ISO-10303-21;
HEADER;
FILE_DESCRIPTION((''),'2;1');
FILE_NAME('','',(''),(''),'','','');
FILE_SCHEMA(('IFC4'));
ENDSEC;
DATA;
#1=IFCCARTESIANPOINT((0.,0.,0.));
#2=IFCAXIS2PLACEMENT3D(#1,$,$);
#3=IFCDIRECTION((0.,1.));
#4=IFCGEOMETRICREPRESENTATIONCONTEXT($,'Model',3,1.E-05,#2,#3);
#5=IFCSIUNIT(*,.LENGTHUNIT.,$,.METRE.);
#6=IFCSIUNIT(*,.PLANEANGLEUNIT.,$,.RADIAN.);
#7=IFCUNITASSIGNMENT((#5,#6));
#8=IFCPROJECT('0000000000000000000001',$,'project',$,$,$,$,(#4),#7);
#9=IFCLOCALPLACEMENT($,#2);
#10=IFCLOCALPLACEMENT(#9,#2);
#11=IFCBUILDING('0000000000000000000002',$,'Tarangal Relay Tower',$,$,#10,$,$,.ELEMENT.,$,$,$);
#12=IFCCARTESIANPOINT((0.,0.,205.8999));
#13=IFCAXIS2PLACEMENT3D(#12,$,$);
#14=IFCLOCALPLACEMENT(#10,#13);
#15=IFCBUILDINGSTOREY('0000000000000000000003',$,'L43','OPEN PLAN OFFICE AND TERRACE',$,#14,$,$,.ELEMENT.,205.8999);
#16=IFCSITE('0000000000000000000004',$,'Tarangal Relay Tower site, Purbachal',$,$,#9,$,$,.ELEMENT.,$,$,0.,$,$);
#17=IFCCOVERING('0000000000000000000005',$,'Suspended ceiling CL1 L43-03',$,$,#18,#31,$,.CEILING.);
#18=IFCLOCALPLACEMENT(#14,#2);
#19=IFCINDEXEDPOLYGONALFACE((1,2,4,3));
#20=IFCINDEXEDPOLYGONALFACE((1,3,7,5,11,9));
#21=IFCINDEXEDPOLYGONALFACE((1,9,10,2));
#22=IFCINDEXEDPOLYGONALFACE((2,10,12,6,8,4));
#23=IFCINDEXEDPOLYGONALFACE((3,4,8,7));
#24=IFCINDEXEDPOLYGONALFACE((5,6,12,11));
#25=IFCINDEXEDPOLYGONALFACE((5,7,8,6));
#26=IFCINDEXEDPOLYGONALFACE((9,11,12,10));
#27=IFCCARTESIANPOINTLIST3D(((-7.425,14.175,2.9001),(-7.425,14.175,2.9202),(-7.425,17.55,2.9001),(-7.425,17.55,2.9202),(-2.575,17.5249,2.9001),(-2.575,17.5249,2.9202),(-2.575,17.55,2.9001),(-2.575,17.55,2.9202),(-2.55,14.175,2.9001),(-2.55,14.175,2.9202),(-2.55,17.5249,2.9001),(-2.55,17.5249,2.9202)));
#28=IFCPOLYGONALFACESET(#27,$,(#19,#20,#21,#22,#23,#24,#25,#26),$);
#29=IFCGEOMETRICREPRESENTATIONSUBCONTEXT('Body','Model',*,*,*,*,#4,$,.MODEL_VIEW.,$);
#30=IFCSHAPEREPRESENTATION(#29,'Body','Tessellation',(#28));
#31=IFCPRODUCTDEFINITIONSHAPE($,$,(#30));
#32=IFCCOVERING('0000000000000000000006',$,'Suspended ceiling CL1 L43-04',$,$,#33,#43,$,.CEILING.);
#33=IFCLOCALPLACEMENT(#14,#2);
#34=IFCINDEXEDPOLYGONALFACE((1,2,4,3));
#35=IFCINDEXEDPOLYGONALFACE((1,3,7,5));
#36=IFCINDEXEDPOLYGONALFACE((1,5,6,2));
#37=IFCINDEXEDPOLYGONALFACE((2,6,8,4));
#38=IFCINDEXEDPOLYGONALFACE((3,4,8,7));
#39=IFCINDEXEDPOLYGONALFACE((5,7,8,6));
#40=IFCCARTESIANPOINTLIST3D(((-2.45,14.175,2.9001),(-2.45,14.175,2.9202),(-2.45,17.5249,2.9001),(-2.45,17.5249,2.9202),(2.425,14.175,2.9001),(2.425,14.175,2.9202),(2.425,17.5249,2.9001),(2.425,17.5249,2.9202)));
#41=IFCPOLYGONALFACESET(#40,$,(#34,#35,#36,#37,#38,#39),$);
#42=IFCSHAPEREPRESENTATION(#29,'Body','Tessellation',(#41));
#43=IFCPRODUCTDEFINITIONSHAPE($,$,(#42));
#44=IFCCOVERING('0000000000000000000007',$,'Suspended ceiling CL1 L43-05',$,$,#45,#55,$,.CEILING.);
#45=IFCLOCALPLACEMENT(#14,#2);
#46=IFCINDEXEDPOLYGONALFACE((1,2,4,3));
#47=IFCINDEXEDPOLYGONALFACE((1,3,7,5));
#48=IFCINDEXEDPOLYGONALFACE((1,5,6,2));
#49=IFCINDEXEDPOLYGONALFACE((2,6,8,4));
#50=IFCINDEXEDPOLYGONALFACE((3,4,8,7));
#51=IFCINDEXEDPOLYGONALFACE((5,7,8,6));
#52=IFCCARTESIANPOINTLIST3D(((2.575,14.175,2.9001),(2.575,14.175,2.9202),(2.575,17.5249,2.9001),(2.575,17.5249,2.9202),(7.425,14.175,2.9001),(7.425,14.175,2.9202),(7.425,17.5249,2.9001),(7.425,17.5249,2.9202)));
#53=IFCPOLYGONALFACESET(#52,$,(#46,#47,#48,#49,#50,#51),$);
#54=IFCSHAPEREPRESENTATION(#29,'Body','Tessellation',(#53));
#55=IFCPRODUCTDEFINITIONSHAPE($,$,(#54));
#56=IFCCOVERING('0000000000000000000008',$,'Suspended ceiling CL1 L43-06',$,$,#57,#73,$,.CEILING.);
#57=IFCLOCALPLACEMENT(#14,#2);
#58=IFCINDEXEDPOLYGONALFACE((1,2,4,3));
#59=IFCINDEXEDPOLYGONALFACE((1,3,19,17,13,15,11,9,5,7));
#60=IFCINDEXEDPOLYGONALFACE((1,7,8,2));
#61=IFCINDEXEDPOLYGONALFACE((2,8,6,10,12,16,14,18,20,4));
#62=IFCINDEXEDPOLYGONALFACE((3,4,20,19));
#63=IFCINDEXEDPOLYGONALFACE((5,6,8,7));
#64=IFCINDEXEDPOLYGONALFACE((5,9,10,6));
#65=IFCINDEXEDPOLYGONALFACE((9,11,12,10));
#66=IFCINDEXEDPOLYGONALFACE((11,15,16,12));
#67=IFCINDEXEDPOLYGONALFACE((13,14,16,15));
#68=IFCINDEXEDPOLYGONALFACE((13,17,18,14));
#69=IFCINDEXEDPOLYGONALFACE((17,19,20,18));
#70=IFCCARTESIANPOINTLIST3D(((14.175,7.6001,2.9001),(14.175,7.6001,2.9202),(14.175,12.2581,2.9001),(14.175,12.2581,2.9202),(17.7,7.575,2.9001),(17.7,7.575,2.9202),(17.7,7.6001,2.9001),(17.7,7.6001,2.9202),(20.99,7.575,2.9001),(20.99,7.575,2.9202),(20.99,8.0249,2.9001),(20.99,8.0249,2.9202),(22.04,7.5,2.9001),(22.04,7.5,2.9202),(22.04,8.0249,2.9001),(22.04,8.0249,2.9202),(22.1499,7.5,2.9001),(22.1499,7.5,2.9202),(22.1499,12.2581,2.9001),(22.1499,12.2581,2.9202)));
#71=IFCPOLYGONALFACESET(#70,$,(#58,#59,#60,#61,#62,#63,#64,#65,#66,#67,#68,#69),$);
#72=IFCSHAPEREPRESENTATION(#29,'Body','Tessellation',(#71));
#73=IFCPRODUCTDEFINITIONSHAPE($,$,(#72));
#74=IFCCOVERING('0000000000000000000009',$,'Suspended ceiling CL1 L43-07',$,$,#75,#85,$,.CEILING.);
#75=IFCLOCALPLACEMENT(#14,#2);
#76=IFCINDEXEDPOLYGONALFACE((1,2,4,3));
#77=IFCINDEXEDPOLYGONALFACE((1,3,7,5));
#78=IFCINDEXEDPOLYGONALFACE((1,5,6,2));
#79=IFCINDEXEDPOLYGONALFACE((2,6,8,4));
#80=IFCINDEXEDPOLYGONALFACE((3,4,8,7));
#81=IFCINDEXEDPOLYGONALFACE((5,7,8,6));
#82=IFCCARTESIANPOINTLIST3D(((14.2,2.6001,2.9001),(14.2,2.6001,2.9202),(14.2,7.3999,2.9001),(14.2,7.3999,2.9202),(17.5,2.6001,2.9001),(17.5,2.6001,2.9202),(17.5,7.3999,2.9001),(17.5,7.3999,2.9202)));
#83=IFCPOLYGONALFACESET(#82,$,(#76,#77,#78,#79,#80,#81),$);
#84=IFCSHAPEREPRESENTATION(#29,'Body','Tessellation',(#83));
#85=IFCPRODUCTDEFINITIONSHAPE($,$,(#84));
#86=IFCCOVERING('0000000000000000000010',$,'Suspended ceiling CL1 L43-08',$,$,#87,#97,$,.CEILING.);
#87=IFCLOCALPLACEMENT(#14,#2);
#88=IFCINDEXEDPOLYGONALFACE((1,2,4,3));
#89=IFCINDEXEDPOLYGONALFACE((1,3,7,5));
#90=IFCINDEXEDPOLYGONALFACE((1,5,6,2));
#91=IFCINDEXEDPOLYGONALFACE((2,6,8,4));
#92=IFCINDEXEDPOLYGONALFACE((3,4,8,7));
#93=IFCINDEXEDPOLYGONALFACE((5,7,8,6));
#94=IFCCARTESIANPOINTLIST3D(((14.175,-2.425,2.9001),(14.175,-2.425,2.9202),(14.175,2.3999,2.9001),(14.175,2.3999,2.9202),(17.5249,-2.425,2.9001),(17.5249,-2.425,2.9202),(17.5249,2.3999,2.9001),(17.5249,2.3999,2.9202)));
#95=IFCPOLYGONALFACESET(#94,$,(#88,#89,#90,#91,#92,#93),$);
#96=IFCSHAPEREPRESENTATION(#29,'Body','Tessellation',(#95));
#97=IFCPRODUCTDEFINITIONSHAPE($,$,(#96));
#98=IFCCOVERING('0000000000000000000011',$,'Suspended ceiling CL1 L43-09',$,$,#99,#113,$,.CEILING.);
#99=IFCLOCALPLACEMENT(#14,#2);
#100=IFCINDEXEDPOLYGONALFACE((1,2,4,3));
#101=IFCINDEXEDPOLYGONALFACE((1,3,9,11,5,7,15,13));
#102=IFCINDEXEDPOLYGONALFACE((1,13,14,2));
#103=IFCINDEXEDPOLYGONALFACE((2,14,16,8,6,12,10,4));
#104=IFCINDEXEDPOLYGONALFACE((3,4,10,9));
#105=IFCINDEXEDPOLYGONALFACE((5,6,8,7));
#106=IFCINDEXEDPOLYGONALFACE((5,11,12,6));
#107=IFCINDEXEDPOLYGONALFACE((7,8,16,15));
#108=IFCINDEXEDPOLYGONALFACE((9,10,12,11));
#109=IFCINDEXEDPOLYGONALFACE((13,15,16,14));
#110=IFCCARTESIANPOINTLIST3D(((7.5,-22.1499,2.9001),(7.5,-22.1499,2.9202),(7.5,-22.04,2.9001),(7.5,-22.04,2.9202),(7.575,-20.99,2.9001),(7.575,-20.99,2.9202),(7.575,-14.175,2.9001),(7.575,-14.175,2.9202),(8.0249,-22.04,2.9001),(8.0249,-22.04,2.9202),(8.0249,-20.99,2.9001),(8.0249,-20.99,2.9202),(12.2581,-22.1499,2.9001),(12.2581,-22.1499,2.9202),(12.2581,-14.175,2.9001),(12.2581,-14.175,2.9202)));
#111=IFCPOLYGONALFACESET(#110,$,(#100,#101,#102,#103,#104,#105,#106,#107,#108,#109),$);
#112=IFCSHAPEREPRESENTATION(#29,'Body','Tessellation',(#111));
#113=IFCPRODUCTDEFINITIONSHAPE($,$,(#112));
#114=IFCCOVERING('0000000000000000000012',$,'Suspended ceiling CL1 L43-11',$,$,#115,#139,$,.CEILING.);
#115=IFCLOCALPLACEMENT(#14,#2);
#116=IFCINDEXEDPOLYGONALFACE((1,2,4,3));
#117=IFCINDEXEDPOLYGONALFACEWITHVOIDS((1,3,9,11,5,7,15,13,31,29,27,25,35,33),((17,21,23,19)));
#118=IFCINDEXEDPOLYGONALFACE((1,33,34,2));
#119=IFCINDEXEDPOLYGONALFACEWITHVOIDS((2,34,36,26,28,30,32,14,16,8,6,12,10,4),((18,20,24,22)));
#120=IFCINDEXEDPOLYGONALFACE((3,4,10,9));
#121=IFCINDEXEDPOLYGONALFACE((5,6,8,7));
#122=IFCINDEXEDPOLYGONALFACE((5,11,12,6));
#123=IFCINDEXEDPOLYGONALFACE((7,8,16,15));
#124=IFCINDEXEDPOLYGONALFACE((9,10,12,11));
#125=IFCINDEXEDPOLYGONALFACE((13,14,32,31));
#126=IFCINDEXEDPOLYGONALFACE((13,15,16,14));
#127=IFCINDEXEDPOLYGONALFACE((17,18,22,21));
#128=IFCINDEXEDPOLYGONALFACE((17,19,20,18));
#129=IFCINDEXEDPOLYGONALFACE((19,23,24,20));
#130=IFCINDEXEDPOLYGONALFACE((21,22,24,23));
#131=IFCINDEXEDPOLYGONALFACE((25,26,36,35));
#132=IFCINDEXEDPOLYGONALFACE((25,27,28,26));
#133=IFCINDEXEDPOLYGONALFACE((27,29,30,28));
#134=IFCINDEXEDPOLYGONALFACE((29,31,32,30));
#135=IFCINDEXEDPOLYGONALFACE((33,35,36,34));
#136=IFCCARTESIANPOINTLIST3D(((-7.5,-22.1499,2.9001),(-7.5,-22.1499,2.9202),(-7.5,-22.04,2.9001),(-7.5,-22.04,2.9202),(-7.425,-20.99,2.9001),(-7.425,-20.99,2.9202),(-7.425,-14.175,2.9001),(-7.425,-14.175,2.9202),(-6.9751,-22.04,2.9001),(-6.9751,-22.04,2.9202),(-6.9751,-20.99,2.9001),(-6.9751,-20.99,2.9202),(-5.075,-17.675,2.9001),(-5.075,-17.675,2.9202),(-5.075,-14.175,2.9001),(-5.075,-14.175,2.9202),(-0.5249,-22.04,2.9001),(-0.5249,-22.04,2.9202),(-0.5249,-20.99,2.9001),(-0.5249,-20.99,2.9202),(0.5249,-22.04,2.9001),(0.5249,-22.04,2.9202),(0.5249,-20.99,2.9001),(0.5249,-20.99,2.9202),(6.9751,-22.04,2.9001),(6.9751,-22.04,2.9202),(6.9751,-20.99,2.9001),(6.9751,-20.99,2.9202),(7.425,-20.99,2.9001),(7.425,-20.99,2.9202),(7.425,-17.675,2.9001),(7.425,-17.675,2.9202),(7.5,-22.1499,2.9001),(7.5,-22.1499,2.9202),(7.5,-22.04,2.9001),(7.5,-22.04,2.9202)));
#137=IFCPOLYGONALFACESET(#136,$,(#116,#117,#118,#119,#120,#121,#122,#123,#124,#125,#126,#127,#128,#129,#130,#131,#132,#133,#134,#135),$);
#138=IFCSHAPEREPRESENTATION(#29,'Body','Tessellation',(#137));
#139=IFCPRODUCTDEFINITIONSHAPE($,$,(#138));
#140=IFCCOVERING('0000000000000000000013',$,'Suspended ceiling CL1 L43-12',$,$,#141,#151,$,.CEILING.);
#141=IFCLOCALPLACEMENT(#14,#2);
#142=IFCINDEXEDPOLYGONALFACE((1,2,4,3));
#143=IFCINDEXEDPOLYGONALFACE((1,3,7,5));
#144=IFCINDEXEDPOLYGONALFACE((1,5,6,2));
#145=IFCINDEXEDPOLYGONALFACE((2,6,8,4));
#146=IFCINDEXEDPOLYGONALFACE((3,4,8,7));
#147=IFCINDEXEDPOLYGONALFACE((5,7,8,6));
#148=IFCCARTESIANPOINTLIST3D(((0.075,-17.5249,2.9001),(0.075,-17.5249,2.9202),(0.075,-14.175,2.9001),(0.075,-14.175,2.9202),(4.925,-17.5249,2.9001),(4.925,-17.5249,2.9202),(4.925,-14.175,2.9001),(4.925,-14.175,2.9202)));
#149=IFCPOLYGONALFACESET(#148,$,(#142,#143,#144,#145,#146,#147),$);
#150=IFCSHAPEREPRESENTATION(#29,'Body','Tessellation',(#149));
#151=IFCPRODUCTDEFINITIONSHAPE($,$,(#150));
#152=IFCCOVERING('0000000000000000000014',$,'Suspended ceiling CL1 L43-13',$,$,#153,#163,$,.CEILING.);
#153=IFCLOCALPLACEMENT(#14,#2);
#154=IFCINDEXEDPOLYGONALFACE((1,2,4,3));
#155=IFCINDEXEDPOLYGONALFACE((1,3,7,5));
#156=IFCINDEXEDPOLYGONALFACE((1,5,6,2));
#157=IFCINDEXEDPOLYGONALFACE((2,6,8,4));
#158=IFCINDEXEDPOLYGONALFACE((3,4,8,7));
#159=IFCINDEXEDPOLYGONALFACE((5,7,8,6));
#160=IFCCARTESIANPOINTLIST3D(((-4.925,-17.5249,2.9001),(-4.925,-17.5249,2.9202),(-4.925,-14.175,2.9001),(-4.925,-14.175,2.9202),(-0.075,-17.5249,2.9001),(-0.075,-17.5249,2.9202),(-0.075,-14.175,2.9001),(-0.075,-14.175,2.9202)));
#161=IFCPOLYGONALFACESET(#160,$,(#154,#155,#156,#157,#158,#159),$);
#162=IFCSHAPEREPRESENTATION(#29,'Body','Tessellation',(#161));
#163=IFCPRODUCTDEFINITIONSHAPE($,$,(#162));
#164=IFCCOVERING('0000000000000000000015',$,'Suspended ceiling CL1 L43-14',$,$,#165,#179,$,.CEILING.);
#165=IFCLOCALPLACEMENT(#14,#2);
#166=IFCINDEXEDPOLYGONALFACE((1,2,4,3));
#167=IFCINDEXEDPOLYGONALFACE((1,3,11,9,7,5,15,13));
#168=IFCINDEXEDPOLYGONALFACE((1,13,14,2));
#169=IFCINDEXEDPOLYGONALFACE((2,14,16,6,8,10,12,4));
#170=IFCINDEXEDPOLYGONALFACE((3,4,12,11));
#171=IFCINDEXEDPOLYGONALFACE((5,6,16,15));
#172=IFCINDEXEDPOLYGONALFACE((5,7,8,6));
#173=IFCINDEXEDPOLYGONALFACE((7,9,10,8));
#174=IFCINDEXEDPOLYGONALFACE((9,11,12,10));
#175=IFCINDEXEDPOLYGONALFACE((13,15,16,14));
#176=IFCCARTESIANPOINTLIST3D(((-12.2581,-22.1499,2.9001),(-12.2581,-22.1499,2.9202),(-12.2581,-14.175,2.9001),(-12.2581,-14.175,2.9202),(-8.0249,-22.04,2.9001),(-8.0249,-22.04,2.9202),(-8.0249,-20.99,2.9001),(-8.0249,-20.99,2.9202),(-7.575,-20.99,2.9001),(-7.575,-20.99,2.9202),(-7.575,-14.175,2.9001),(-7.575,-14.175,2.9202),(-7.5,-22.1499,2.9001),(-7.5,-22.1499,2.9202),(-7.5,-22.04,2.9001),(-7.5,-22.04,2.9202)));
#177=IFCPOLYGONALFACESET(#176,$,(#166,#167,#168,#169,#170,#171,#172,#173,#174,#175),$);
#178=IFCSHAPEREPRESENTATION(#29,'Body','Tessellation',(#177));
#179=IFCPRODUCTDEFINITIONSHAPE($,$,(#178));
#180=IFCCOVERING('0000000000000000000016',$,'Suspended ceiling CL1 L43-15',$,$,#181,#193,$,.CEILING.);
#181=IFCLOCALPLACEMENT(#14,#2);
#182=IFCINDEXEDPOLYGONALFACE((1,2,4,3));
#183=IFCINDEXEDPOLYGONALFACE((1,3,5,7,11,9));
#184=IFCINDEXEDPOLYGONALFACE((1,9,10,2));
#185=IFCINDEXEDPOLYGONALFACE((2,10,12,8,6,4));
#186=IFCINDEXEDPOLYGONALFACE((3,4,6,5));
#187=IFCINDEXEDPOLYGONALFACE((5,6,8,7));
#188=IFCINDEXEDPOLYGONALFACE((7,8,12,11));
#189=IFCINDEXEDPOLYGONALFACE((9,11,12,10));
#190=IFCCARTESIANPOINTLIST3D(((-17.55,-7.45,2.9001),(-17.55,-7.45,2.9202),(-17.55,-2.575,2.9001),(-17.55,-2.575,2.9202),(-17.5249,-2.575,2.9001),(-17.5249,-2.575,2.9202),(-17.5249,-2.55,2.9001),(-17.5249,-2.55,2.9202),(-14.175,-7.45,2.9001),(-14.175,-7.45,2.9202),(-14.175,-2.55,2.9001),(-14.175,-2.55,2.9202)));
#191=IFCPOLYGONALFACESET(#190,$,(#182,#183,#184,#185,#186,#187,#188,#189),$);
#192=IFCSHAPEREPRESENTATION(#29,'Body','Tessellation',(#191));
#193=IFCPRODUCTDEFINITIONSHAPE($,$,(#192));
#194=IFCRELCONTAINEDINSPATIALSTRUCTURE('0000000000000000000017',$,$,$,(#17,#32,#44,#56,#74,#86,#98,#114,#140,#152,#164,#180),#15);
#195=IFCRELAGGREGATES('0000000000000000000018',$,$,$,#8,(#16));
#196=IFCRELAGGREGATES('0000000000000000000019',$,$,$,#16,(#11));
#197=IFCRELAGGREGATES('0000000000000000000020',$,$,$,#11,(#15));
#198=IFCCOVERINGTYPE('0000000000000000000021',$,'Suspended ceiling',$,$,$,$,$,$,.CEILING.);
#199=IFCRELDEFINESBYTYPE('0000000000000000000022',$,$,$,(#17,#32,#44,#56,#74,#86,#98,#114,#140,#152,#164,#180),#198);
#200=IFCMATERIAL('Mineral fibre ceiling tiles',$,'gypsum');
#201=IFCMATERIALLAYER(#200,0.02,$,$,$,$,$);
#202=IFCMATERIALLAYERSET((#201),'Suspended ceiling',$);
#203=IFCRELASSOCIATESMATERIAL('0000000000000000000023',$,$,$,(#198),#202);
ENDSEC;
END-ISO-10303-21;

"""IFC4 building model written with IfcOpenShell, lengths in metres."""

from ifc_helpers import new_model, si_unit, direction, frame, origin, place, context, subcontext, project, spatial, polyline, outline, extrude, material, layer, layer_set, type_object, element, save


model = new_model("IFC4")

# Units and contexts
model_context = context("Model", 3, precision=1e-05, world=origin(), true_north=direction((0.0, 1.0)))
body_context = subcontext(model_context, "Body", "Model", "MODEL_VIEW")
ifc_project = project(units=[si_unit("LENGTHUNIT", "METRE"), si_unit("PLANEANGLEUNIT", "RADIAN")], contexts=[model_context])

# Site, building, storey
site_placement = place(None, origin())
site = spatial("IfcSite", under=ifc_project, at=site_placement, Name="Tarangal Relay Tower site, Purbachal", CompositionType="ELEMENT", RefElevation=0.0)
building_placement = place(site_placement, origin())
building = spatial("IfcBuilding", under=site, at=building_placement, Name="Tarangal Relay Tower", CompositionType="ELEMENT")
storey_placement = place(building_placement, frame((0.0, 0.0, 205.8999)))
storey = spatial("IfcBuildingStorey", under=building, at=storey_placement, Name="L43", Description="OPEN PLAN OFFICE AND TERRACE", CompositionType="ELEMENT", Elevation=205.8999)

# Coverings
ifc_material_1 = material(Name="Mineral fibre ceiling tiles", Category="gypsum")
ifc_layer_1 = layer(ifc_material_1, 0.02)
ifc_layer_set_1 = layer_set([ifc_layer_1], Name="Suspended ceiling")
covering_type_1 = type_object("IfcCoveringType", Name="Suspended ceiling", PredefinedType="CEILING", material=ifc_layer_set_1)
covering_1_placement = place(storey_placement, frame((0.0, 0.0, 2.9001)))
element("IfcCovering", 1, at=covering_1_placement, inside=storey, type_object=covering_type_1, Name="Suspended ceiling CL1 L43-03", PredefinedType="CEILING", context=body_context, shape_type="SweptSolid", body=[
    extrude(outline(polyline([(-7.425, 14.175), (-2.55, 14.175), (-2.55, 17.5249), (-2.575, 17.5249), (-2.575, 17.55), (-7.425, 17.55), (-7.425, 14.175)])), origin(), (0.0, 0.0, 1.0), 0.02),
])
covering_2_placement = place(storey_placement, frame((0.0, 0.0, 2.9001)))
element("IfcCovering", 2, at=covering_2_placement, inside=storey, type_object=covering_type_1, Name="Suspended ceiling CL1 L43-04", PredefinedType="CEILING", context=body_context, shape_type="SweptSolid", body=[
    extrude(outline(polyline([(-2.45, 14.175), (2.425, 14.175), (2.425, 17.5249), (-2.45, 17.5249), (-2.45, 14.175)])), origin(), (0.0, 0.0, 1.0), 0.02),
])
covering_3_placement = place(storey_placement, frame((0.0, 0.0, 2.9001)))
element("IfcCovering", 3, at=covering_3_placement, inside=storey, type_object=covering_type_1, Name="Suspended ceiling CL1 L43-05", PredefinedType="CEILING", context=body_context, shape_type="SweptSolid", body=[
    extrude(outline(polyline([(7.425, 14.175), (7.425, 17.5249), (2.575, 17.5249), (2.575, 14.175), (7.425, 14.175)])), origin(), (0.0, 0.0, 1.0), 0.02),
])
covering_4_placement = place(storey_placement, frame((0.0, 0.0, 2.9001)))
element("IfcCovering", 4, at=covering_4_placement, inside=storey, type_object=covering_type_1, Name="Suspended ceiling CL1 L43-06", PredefinedType="CEILING", context=body_context, shape_type="SweptSolid", body=[
    extrude(outline(polyline([(22.1499, 7.5), (22.1499, 12.2581), (14.175, 12.2581), (14.175, 7.6001), (17.7, 7.6001), (17.7, 7.575), (20.99, 7.575), (20.99, 8.0249), (22.04, 8.0249), (22.04, 7.5), (22.1499, 7.5)])), origin(), (0.0, 0.0, 1.0), 0.02),
])
covering_5_placement = place(storey_placement, frame((0.0, 0.0, 2.9001)))
element("IfcCovering", 5, at=covering_5_placement, inside=storey, type_object=covering_type_1, Name="Suspended ceiling CL1 L43-07", PredefinedType="CEILING", context=body_context, shape_type="SweptSolid", body=[
    extrude(outline(polyline([(17.5, 7.3999), (14.2, 7.3999), (14.2, 2.6001), (17.5, 2.6001), (17.5, 7.3999)])), origin(), (0.0, 0.0, 1.0), 0.02),
])
covering_6_placement = place(storey_placement, frame((0.0, 0.0, 2.9001)))
element("IfcCovering", 6, at=covering_6_placement, inside=storey, type_object=covering_type_1, Name="Suspended ceiling CL1 L43-08", PredefinedType="CEILING", context=body_context, shape_type="SweptSolid", body=[
    extrude(outline(polyline([(14.175, 2.3999), (14.175, -2.425), (17.5249, -2.425), (17.5249, 2.3999), (14.175, 2.3999)])), origin(), (0.0, 0.0, 1.0), 0.02),
])
covering_7_placement = place(storey_placement, frame((0.0, 0.0, 2.9001)))
element("IfcCovering", 7, at=covering_7_placement, inside=storey, type_object=covering_type_1, Name="Suspended ceiling CL1 L43-09", PredefinedType="CEILING", context=body_context, shape_type="SweptSolid", body=[
    extrude(outline(polyline([(7.5, -22.1499), (12.2581, -22.1499), (12.2581, -14.175), (7.575, -14.175), (7.575, -20.99), (8.0249, -20.99), (8.0249, -22.04), (7.5, -22.04), (7.5, -22.1499)])), origin(), (0.0, 0.0, 1.0), 0.02),
])
covering_8_placement = place(storey_placement, frame((0.0, 0.0, 2.9001)))
element("IfcCovering", 8, at=covering_8_placement, inside=storey, type_object=covering_type_1, Name="Suspended ceiling CL1 L43-11", PredefinedType="CEILING", context=body_context, shape_type="SweptSolid", body=[
    extrude(outline(polyline([(-7.5, -22.1499), (7.5, -22.1499), (7.5, -22.04), (6.9751, -22.04), (6.9751, -20.99), (7.425, -20.99), (7.425, -17.675), (-5.075, -17.675), (-5.075, -14.175), (-7.425, -14.175), (-7.425, -20.99), (-6.9751, -20.99), (-6.9751, -22.04), (-7.5, -22.04), (-7.5, -22.1499)]), holes=[polyline([(-0.5249, -22.04), (0.5249, -22.04), (0.5249, -20.99), (-0.5249, -20.99), (-0.5249, -22.04)])]), origin(), (0.0, 0.0, 1.0), 0.02),
])
covering_9_placement = place(storey_placement, frame((0.0, 0.0, 2.9001)))
element("IfcCovering", 9, at=covering_9_placement, inside=storey, type_object=covering_type_1, Name="Suspended ceiling CL1 L43-12", PredefinedType="CEILING", context=body_context, shape_type="SweptSolid", body=[
    extrude(outline(polyline([(0.075, -14.175), (0.075, -17.5249), (4.925, -17.5249), (4.925, -14.175), (0.075, -14.175)])), origin(), (0.0, 0.0, 1.0), 0.02),
])
covering_10_placement = place(storey_placement, frame((0.0, 0.0, 2.9001)))
element("IfcCovering", 10, at=covering_10_placement, inside=storey, type_object=covering_type_1, Name="Suspended ceiling CL1 L43-13", PredefinedType="CEILING", context=body_context, shape_type="SweptSolid", body=[
    extrude(outline(polyline([(-0.075, -14.175), (-4.925, -14.175), (-4.925, -17.5249), (-0.075, -17.5249), (-0.075, -14.175)])), origin(), (0.0, 0.0, 1.0), 0.02),
])
covering_11_placement = place(storey_placement, frame((0.0, 0.0, 2.9001)))
element("IfcCovering", 11, at=covering_11_placement, inside=storey, type_object=covering_type_1, Name="Suspended ceiling CL1 L43-14", PredefinedType="CEILING", context=body_context, shape_type="SweptSolid", body=[
    extrude(outline(polyline([(-7.5, -22.1499), (-7.5, -22.04), (-8.0249, -22.04), (-8.0249, -20.99), (-7.575, -20.99), (-7.575, -14.175), (-12.2581, -14.175), (-12.2581, -22.1499), (-7.5, -22.1499)])), origin(), (0.0, 0.0, 1.0), 0.02),
])
covering_12_placement = place(storey_placement, frame((0.0, 0.0, 2.9001)))
element("IfcCovering", 12, at=covering_12_placement, inside=storey, type_object=covering_type_1, Name="Suspended ceiling CL1 L43-15", PredefinedType="CEILING", context=body_context, shape_type="SweptSolid", body=[
    extrude(outline(polyline([(-17.5249, -2.575), (-17.55, -2.575), (-17.55, -7.45), (-14.175, -7.45), (-14.175, -2.55), (-17.5249, -2.55), (-17.5249, -2.575)])), origin(), (0.0, 0.0, 1.0), 0.02),
])

save(model, "model.ifc")
